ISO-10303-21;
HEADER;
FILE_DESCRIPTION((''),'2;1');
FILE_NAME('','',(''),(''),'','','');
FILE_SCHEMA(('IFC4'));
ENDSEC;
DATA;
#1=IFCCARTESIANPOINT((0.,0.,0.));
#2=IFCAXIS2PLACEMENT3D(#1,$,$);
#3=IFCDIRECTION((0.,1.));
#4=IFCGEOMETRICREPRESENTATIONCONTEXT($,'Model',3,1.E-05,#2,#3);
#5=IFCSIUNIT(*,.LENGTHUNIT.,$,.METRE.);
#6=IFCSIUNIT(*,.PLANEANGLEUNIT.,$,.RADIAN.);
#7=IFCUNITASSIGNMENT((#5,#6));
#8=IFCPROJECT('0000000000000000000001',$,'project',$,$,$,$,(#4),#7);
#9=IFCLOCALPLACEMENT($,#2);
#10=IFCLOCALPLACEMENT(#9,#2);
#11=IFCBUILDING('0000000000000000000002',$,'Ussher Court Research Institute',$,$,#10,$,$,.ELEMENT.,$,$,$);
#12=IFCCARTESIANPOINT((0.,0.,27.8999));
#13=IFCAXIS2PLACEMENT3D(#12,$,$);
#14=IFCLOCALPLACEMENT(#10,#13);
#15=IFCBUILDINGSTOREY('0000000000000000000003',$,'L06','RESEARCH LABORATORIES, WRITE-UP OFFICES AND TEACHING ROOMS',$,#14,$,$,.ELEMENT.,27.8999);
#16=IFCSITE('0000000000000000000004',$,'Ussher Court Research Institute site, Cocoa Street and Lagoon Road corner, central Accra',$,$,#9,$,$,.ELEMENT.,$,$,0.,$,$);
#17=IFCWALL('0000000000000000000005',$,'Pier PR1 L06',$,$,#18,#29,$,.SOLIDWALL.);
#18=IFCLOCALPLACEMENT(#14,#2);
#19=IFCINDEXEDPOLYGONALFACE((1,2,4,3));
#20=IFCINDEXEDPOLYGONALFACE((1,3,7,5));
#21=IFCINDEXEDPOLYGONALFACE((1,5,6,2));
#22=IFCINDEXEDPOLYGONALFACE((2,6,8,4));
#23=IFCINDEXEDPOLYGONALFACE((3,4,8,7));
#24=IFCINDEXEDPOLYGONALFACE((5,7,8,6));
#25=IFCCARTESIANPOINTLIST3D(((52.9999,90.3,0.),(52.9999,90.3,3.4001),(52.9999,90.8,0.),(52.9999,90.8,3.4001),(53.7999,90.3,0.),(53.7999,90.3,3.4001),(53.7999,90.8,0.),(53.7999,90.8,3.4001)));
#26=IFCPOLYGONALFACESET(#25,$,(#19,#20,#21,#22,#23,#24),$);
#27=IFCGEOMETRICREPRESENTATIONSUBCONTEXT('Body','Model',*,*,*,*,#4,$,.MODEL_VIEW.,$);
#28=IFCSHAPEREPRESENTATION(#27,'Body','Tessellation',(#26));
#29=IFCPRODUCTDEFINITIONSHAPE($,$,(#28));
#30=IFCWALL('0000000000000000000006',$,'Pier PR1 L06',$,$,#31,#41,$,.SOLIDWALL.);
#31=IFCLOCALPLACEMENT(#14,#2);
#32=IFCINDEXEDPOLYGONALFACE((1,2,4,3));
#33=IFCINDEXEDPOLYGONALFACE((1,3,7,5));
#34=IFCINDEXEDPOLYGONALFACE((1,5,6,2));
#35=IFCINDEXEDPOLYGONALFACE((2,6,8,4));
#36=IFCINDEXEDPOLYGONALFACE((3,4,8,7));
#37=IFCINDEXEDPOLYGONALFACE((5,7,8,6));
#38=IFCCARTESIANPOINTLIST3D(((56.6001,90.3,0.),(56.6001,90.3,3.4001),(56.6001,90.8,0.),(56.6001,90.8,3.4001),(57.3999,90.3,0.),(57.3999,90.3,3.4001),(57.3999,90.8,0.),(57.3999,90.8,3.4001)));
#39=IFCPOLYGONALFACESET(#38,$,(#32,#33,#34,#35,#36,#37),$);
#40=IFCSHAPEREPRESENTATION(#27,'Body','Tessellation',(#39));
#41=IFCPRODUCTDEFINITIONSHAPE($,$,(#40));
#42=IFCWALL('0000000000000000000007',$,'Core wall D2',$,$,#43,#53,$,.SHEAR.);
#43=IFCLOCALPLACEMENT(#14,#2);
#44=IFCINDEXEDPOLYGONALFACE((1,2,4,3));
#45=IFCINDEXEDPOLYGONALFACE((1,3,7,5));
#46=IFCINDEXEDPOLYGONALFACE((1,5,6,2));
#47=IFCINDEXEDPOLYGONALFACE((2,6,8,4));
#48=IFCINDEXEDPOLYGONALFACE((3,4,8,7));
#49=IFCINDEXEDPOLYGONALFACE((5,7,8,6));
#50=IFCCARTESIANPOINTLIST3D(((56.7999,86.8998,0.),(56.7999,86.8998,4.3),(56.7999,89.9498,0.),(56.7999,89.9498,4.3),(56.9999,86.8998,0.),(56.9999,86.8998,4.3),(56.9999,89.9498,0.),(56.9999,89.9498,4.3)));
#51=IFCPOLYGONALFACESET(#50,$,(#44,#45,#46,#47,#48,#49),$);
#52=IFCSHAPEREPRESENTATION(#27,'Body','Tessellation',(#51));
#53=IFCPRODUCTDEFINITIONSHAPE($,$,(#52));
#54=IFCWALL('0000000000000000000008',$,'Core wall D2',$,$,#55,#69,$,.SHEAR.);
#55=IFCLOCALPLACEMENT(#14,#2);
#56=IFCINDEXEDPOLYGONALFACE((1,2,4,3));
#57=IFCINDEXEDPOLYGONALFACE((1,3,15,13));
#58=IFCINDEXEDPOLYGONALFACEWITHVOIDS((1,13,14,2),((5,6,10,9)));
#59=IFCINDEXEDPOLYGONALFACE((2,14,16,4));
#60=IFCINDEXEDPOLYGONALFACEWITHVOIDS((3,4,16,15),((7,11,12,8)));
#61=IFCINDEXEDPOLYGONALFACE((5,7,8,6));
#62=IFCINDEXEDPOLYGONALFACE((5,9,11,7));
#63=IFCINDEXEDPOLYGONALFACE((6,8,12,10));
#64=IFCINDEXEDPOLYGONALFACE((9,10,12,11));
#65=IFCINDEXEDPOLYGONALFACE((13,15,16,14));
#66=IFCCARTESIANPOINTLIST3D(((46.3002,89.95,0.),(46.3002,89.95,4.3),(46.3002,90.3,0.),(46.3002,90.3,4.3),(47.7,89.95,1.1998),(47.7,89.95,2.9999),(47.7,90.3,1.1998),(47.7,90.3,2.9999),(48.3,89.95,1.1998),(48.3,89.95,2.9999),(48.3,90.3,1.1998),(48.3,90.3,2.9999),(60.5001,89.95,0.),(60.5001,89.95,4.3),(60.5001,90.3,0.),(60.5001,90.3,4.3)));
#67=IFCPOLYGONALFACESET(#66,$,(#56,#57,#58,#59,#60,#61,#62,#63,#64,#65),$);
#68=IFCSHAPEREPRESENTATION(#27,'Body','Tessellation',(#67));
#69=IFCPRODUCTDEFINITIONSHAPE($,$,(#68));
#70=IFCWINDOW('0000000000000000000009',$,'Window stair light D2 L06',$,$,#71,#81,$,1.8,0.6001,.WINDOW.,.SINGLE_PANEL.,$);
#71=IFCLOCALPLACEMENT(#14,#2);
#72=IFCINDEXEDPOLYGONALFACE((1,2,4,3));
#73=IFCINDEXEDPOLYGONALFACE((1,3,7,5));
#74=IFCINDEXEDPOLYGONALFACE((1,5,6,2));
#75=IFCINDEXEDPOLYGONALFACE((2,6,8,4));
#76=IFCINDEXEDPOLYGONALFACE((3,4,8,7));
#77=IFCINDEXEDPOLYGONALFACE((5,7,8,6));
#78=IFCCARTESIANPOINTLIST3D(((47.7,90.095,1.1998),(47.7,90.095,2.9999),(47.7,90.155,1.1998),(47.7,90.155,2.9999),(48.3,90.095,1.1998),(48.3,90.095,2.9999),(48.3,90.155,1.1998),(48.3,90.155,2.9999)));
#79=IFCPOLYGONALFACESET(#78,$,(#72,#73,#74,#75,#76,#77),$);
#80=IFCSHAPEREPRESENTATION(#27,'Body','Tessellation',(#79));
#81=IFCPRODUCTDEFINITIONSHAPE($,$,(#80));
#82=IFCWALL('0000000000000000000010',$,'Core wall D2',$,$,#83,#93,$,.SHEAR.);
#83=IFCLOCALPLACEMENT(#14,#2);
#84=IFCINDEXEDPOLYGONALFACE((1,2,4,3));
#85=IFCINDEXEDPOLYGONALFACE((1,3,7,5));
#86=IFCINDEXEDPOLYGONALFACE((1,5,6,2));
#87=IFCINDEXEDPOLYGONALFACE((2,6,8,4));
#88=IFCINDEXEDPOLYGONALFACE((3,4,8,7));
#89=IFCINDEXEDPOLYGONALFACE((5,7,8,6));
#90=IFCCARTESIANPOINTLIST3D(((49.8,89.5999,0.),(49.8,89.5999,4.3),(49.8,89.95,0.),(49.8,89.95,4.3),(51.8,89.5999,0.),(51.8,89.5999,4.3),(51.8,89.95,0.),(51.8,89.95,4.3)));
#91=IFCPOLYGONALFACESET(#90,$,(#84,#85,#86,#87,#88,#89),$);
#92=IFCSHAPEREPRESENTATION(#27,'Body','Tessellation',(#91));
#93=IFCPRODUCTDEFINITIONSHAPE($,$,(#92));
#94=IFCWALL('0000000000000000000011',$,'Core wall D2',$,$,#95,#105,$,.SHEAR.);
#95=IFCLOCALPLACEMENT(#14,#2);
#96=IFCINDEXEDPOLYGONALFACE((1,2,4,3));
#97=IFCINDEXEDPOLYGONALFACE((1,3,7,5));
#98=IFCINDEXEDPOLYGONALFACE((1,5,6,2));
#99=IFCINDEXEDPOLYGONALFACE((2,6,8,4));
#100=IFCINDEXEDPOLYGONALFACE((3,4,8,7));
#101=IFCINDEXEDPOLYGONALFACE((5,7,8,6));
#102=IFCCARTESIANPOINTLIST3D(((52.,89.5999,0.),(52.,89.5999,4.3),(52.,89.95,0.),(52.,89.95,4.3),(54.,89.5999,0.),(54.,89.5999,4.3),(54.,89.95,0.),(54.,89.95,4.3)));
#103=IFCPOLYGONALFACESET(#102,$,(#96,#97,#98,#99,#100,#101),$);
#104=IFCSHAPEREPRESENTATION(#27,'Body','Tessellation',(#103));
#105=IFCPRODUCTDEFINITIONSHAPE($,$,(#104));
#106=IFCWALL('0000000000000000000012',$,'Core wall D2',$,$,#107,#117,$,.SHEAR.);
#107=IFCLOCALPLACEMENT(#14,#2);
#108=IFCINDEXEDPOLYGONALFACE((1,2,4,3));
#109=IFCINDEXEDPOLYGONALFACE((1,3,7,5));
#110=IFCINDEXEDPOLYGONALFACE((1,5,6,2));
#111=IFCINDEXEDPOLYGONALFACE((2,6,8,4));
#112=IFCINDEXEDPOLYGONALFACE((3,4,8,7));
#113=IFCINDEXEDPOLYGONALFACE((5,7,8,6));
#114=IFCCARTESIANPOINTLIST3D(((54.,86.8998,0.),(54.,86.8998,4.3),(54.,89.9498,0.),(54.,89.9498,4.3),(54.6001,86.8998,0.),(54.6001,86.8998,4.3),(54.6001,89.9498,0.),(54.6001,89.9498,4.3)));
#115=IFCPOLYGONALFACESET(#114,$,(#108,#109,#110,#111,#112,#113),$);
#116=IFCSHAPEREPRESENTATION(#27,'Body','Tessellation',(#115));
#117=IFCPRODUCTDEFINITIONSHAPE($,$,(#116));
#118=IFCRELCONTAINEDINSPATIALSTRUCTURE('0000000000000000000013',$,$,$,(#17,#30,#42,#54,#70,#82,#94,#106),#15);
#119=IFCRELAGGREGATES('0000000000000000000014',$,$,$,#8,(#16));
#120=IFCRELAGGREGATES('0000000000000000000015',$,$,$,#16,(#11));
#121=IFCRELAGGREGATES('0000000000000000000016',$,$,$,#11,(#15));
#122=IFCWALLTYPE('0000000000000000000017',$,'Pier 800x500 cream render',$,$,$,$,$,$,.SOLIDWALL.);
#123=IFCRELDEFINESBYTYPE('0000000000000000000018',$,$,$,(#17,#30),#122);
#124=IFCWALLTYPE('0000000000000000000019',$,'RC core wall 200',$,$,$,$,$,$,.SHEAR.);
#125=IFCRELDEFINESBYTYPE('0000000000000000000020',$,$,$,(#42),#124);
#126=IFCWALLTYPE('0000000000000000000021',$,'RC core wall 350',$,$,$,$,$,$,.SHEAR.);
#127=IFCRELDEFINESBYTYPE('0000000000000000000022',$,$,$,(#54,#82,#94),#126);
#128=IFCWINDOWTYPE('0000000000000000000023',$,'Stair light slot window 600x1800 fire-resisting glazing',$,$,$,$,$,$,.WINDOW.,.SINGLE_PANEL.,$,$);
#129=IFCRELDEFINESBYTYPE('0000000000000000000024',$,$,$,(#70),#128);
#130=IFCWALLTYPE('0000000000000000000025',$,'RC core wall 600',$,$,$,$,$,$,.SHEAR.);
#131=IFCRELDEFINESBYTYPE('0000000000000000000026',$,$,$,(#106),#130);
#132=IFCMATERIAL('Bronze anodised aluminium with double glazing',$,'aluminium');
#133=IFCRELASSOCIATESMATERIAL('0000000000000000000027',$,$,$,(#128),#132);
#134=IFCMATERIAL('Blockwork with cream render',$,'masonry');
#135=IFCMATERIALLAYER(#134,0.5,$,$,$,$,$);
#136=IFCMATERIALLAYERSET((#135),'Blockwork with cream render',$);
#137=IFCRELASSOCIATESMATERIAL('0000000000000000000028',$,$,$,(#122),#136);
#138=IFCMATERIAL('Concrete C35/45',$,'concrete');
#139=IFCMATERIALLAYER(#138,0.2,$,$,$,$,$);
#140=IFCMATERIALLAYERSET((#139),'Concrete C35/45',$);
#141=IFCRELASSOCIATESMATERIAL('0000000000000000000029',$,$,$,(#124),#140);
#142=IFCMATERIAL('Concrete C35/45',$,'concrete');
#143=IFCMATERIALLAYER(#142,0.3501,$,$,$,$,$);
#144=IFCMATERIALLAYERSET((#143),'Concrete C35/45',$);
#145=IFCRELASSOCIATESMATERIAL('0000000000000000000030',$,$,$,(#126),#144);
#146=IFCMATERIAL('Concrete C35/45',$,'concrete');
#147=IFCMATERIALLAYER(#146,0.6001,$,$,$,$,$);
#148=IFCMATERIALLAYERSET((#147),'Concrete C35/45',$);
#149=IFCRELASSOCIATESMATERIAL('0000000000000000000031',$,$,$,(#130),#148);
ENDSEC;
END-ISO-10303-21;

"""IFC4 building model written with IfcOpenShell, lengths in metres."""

from ifc_helpers import new_model, si_unit, direction, frame, frame_2d, origin, place, context, subcontext, project, spatial, rectangle, extrude, material, layer, layer_set, type_object, element, fill, save


model = new_model("IFC4")

# Units and contexts
model_context = context("Model", 3, precision=1e-05, world=origin(), true_north=direction((0.0, 1.0)))
body_context = subcontext(model_context, "Body", "Model", "MODEL_VIEW")
ifc_project = project(units=[si_unit("LENGTHUNIT", "METRE"), si_unit("PLANEANGLEUNIT", "RADIAN")], contexts=[model_context])

# Site, building, storey
site_placement = place(None, origin())
site = spatial("IfcSite", under=ifc_project, at=site_placement, Name="Ussher Court Research Institute site, Cocoa Street and Lagoon Road corner, central Accra", CompositionType="ELEMENT", RefElevation=0.0)
building_placement = place(site_placement, origin())
building = spatial("IfcBuilding", under=site, at=building_placement, Name="Ussher Court Research Institute", CompositionType="ELEMENT")
storey_placement = place(building_placement, frame((0.0, 0.0, 27.8999)))
storey = spatial("IfcBuildingStorey", under=building, at=storey_placement, Name="L06", Description="RESEARCH LABORATORIES, WRITE-UP OFFICES AND TEACHING ROOMS", CompositionType="ELEMENT", Elevation=27.8999)

# Shared definitions
ifc_material_1 = material(Name="Bronze anodised aluminium with double glazing", Category="aluminium")
window_type = type_object("IfcWindowType", Name="Stair light slot window 600x1800 fire-resisting glazing", PartitioningType="SINGLE_PANEL", PredefinedType="WINDOW", material=ifc_material_1)

# Walls
ifc_material_2 = material(Name="Blockwork with cream render", Category="masonry")
ifc_layer_1 = layer(ifc_material_2, 0.5)
ifc_layer_set_1 = layer_set([ifc_layer_1], Name="Blockwork with cream render")
wall_type_1 = type_object("IfcWallType", Name="Pier 800x500 cream render", PredefinedType="SOLIDWALL", material=ifc_layer_set_1)
for number, where, z_axis, x_axis, name in (
    (1, (53.0, 90.55, 0.0), (0.0, 0.0, 1.0), (1.0, 0.0, 0.0), "Pier PR1 L06"),
):
    element("IfcWall", number, at=place(storey_placement, frame(where, z_axis=z_axis, x_axis=x_axis)), inside=storey, type_object=wall_type_1, Name=name, PredefinedType="SOLIDWALL", context=body_context, shape_type="SweptSolid", body=[
        extrude(rectangle(XDim=0.8, YDim=0.5, at=frame_2d((0.3999, 0.0))), origin(), (0.0, 0.0, 1.0), 3.4001),
    ])
wall_1_placement = place(storey_placement, frame((56.6001, 90.55, 0.0), z_axis=(0.0, 0.0, 1.0), x_axis=(1.0, 0.0, 0.0)))
element("IfcWall", 2, at=wall_1_placement, inside=storey, type_object=wall_type_1, Name="Pier PR1 L06", PredefinedType="SOLIDWALL", context=body_context, shape_type="SweptSolid", body=[
    extrude(rectangle(XDim=0.7998, YDim=0.5, at=frame_2d((0.3999, 0.0))), origin(), (0.0, 0.0, 1.0), 3.4001),
])
ifc_material_3 = material(Name="Concrete C35/45", Category="concrete")
ifc_layer_2 = layer(ifc_material_3, 0.2)
ifc_layer_set_2 = layer_set([ifc_layer_2], Name="Concrete C35/45")
wall_type_2 = type_object("IfcWallType", Name="RC core wall 200", PredefinedType="SHEAR", material=ifc_layer_set_2)
wall_2_placement = place(storey_placement, frame((56.8999, 86.8999, 0.0), z_axis=(0.0, 0.0, 1.0), x_axis=(0.0, 1.0, 0.0)))
element("IfcWall", 3, at=wall_2_placement, inside=storey, type_object=wall_type_2, Name="Core wall D2", PredefinedType="SHEAR", context=body_context, shape_type="SweptSolid", body=[
    extrude(rectangle(XDim=3.05, YDim=0.2, at=frame_2d((1.5249, 0.0))), origin(), (0.0, 0.0, 1.0), 4.3),
])

# Wall, opening, window
ifc_material_4 = material(Name="Concrete C35/45", Category="concrete")
ifc_layer_3 = layer(ifc_material_4, 0.3501)
ifc_layer_set_3 = layer_set([ifc_layer_3], Name="Concrete C35/45")
wall_type_3 = type_object("IfcWallType", Name="RC core wall 350", PredefinedType="SHEAR", material=ifc_layer_set_3)
wall_3_placement = place(storey_placement, frame((46.3, 90.125, 0.0), z_axis=(0.0, 0.0, 1.0), x_axis=(1.0, 0.0, 0.0)))
wall_3 = element("IfcWall", 4, at=wall_3_placement, inside=storey, type_object=wall_type_3, Name="Core wall D2", PredefinedType="SHEAR", context=body_context, shape_type="SweptSolid", body=[
    extrude(rectangle(XDim=14.2, YDim=0.3501, at=frame_2d((7.1001, 0.0))), origin(), (0.0, 0.0, 1.0), 4.3),
])
opening_1_placement = place(wall_3_placement, frame((1.3999, 0.0, 1.2)))
opening_1 = element("IfcOpeningElement", 5, at=opening_1_placement, cuts=wall_3, PredefinedType="OPENING", context=body_context, shape_type="SweptSolid", body=[
    extrude(rectangle(XDim=0.6001, YDim=1.8, at=frame_2d((0.3, 0.8999))), frame((0.0, 0.1851, 0.0), z_axis=(0.0, -1.0, 0.0), x_axis=(1.0, 0.0, 0.0)), (0.0, 0.0, 1.0), 0.3701),
])
window_1_placement = place(opening_1_placement, origin())
window_1 = element("IfcWindow", 6, at=window_1_placement, inside=storey, type_object=window_type, Name="Window stair light D2 L06", OverallHeight=1.8, OverallWidth=0.6001, PartitioningType="SINGLE_PANEL", PredefinedType="WINDOW", context=body_context, shape_type="SweptSolid", body=[
    extrude(rectangle(XDim=0.6001, YDim=1.8, at=frame_2d((0.3, 0.8999))), frame((0.0, 0.03, 0.0), z_axis=(0.0, -1.0, 0.0), x_axis=(1.0, 0.0, 0.0)), (0.0, 0.0, 1.0), 0.0601),
])
fill(opening_1, window_1)

# Walls
for number, where, z_axis, x_axis, name in (
    (7, (49.8, 89.7749, 0.0), (0.0, 0.0, 1.0), (1.0, 0.0, 0.0), "Core wall D2"),
    (8, (52.0, 89.7749, 0.0), (0.0, 0.0, 1.0), (1.0, 0.0, 0.0), "Core wall D2"),
):
    element("IfcWall", number, at=place(storey_placement, frame(where, z_axis=z_axis, x_axis=x_axis)), inside=storey, type_object=wall_type_3, Name=name, PredefinedType="SHEAR", context=body_context, shape_type="SweptSolid", body=[
        extrude(rectangle(XDim=2.0, YDim=0.3501, at=frame_2d((1.0, 0.0))), origin(), (0.0, 0.0, 1.0), 4.3),
    ])
ifc_material_5 = material(Name="Concrete C35/45", Category="concrete")
ifc_layer_4 = layer(ifc_material_5, 0.6001)
ifc_layer_set_4 = layer_set([ifc_layer_4], Name="Concrete C35/45")
wall_type_4 = type_object("IfcWallType", Name="RC core wall 600", PredefinedType="SHEAR", material=ifc_layer_set_4)
wall_4_placement = place(storey_placement, frame((54.3, 86.8999, 0.0), z_axis=(0.0, 0.0, 1.0), x_axis=(0.0, 1.0, 0.0)))
element("IfcWall", 9, at=wall_4_placement, inside=storey, type_object=wall_type_4, Name="Core wall D2", PredefinedType="SHEAR", context=body_context, shape_type="SweptSolid", body=[
    extrude(rectangle(XDim=3.05, YDim=0.6001, at=frame_2d((1.5249, 0.0))), origin(), (0.0, 0.0, 1.0), 4.3),
])

save(model, "model.ifc")
